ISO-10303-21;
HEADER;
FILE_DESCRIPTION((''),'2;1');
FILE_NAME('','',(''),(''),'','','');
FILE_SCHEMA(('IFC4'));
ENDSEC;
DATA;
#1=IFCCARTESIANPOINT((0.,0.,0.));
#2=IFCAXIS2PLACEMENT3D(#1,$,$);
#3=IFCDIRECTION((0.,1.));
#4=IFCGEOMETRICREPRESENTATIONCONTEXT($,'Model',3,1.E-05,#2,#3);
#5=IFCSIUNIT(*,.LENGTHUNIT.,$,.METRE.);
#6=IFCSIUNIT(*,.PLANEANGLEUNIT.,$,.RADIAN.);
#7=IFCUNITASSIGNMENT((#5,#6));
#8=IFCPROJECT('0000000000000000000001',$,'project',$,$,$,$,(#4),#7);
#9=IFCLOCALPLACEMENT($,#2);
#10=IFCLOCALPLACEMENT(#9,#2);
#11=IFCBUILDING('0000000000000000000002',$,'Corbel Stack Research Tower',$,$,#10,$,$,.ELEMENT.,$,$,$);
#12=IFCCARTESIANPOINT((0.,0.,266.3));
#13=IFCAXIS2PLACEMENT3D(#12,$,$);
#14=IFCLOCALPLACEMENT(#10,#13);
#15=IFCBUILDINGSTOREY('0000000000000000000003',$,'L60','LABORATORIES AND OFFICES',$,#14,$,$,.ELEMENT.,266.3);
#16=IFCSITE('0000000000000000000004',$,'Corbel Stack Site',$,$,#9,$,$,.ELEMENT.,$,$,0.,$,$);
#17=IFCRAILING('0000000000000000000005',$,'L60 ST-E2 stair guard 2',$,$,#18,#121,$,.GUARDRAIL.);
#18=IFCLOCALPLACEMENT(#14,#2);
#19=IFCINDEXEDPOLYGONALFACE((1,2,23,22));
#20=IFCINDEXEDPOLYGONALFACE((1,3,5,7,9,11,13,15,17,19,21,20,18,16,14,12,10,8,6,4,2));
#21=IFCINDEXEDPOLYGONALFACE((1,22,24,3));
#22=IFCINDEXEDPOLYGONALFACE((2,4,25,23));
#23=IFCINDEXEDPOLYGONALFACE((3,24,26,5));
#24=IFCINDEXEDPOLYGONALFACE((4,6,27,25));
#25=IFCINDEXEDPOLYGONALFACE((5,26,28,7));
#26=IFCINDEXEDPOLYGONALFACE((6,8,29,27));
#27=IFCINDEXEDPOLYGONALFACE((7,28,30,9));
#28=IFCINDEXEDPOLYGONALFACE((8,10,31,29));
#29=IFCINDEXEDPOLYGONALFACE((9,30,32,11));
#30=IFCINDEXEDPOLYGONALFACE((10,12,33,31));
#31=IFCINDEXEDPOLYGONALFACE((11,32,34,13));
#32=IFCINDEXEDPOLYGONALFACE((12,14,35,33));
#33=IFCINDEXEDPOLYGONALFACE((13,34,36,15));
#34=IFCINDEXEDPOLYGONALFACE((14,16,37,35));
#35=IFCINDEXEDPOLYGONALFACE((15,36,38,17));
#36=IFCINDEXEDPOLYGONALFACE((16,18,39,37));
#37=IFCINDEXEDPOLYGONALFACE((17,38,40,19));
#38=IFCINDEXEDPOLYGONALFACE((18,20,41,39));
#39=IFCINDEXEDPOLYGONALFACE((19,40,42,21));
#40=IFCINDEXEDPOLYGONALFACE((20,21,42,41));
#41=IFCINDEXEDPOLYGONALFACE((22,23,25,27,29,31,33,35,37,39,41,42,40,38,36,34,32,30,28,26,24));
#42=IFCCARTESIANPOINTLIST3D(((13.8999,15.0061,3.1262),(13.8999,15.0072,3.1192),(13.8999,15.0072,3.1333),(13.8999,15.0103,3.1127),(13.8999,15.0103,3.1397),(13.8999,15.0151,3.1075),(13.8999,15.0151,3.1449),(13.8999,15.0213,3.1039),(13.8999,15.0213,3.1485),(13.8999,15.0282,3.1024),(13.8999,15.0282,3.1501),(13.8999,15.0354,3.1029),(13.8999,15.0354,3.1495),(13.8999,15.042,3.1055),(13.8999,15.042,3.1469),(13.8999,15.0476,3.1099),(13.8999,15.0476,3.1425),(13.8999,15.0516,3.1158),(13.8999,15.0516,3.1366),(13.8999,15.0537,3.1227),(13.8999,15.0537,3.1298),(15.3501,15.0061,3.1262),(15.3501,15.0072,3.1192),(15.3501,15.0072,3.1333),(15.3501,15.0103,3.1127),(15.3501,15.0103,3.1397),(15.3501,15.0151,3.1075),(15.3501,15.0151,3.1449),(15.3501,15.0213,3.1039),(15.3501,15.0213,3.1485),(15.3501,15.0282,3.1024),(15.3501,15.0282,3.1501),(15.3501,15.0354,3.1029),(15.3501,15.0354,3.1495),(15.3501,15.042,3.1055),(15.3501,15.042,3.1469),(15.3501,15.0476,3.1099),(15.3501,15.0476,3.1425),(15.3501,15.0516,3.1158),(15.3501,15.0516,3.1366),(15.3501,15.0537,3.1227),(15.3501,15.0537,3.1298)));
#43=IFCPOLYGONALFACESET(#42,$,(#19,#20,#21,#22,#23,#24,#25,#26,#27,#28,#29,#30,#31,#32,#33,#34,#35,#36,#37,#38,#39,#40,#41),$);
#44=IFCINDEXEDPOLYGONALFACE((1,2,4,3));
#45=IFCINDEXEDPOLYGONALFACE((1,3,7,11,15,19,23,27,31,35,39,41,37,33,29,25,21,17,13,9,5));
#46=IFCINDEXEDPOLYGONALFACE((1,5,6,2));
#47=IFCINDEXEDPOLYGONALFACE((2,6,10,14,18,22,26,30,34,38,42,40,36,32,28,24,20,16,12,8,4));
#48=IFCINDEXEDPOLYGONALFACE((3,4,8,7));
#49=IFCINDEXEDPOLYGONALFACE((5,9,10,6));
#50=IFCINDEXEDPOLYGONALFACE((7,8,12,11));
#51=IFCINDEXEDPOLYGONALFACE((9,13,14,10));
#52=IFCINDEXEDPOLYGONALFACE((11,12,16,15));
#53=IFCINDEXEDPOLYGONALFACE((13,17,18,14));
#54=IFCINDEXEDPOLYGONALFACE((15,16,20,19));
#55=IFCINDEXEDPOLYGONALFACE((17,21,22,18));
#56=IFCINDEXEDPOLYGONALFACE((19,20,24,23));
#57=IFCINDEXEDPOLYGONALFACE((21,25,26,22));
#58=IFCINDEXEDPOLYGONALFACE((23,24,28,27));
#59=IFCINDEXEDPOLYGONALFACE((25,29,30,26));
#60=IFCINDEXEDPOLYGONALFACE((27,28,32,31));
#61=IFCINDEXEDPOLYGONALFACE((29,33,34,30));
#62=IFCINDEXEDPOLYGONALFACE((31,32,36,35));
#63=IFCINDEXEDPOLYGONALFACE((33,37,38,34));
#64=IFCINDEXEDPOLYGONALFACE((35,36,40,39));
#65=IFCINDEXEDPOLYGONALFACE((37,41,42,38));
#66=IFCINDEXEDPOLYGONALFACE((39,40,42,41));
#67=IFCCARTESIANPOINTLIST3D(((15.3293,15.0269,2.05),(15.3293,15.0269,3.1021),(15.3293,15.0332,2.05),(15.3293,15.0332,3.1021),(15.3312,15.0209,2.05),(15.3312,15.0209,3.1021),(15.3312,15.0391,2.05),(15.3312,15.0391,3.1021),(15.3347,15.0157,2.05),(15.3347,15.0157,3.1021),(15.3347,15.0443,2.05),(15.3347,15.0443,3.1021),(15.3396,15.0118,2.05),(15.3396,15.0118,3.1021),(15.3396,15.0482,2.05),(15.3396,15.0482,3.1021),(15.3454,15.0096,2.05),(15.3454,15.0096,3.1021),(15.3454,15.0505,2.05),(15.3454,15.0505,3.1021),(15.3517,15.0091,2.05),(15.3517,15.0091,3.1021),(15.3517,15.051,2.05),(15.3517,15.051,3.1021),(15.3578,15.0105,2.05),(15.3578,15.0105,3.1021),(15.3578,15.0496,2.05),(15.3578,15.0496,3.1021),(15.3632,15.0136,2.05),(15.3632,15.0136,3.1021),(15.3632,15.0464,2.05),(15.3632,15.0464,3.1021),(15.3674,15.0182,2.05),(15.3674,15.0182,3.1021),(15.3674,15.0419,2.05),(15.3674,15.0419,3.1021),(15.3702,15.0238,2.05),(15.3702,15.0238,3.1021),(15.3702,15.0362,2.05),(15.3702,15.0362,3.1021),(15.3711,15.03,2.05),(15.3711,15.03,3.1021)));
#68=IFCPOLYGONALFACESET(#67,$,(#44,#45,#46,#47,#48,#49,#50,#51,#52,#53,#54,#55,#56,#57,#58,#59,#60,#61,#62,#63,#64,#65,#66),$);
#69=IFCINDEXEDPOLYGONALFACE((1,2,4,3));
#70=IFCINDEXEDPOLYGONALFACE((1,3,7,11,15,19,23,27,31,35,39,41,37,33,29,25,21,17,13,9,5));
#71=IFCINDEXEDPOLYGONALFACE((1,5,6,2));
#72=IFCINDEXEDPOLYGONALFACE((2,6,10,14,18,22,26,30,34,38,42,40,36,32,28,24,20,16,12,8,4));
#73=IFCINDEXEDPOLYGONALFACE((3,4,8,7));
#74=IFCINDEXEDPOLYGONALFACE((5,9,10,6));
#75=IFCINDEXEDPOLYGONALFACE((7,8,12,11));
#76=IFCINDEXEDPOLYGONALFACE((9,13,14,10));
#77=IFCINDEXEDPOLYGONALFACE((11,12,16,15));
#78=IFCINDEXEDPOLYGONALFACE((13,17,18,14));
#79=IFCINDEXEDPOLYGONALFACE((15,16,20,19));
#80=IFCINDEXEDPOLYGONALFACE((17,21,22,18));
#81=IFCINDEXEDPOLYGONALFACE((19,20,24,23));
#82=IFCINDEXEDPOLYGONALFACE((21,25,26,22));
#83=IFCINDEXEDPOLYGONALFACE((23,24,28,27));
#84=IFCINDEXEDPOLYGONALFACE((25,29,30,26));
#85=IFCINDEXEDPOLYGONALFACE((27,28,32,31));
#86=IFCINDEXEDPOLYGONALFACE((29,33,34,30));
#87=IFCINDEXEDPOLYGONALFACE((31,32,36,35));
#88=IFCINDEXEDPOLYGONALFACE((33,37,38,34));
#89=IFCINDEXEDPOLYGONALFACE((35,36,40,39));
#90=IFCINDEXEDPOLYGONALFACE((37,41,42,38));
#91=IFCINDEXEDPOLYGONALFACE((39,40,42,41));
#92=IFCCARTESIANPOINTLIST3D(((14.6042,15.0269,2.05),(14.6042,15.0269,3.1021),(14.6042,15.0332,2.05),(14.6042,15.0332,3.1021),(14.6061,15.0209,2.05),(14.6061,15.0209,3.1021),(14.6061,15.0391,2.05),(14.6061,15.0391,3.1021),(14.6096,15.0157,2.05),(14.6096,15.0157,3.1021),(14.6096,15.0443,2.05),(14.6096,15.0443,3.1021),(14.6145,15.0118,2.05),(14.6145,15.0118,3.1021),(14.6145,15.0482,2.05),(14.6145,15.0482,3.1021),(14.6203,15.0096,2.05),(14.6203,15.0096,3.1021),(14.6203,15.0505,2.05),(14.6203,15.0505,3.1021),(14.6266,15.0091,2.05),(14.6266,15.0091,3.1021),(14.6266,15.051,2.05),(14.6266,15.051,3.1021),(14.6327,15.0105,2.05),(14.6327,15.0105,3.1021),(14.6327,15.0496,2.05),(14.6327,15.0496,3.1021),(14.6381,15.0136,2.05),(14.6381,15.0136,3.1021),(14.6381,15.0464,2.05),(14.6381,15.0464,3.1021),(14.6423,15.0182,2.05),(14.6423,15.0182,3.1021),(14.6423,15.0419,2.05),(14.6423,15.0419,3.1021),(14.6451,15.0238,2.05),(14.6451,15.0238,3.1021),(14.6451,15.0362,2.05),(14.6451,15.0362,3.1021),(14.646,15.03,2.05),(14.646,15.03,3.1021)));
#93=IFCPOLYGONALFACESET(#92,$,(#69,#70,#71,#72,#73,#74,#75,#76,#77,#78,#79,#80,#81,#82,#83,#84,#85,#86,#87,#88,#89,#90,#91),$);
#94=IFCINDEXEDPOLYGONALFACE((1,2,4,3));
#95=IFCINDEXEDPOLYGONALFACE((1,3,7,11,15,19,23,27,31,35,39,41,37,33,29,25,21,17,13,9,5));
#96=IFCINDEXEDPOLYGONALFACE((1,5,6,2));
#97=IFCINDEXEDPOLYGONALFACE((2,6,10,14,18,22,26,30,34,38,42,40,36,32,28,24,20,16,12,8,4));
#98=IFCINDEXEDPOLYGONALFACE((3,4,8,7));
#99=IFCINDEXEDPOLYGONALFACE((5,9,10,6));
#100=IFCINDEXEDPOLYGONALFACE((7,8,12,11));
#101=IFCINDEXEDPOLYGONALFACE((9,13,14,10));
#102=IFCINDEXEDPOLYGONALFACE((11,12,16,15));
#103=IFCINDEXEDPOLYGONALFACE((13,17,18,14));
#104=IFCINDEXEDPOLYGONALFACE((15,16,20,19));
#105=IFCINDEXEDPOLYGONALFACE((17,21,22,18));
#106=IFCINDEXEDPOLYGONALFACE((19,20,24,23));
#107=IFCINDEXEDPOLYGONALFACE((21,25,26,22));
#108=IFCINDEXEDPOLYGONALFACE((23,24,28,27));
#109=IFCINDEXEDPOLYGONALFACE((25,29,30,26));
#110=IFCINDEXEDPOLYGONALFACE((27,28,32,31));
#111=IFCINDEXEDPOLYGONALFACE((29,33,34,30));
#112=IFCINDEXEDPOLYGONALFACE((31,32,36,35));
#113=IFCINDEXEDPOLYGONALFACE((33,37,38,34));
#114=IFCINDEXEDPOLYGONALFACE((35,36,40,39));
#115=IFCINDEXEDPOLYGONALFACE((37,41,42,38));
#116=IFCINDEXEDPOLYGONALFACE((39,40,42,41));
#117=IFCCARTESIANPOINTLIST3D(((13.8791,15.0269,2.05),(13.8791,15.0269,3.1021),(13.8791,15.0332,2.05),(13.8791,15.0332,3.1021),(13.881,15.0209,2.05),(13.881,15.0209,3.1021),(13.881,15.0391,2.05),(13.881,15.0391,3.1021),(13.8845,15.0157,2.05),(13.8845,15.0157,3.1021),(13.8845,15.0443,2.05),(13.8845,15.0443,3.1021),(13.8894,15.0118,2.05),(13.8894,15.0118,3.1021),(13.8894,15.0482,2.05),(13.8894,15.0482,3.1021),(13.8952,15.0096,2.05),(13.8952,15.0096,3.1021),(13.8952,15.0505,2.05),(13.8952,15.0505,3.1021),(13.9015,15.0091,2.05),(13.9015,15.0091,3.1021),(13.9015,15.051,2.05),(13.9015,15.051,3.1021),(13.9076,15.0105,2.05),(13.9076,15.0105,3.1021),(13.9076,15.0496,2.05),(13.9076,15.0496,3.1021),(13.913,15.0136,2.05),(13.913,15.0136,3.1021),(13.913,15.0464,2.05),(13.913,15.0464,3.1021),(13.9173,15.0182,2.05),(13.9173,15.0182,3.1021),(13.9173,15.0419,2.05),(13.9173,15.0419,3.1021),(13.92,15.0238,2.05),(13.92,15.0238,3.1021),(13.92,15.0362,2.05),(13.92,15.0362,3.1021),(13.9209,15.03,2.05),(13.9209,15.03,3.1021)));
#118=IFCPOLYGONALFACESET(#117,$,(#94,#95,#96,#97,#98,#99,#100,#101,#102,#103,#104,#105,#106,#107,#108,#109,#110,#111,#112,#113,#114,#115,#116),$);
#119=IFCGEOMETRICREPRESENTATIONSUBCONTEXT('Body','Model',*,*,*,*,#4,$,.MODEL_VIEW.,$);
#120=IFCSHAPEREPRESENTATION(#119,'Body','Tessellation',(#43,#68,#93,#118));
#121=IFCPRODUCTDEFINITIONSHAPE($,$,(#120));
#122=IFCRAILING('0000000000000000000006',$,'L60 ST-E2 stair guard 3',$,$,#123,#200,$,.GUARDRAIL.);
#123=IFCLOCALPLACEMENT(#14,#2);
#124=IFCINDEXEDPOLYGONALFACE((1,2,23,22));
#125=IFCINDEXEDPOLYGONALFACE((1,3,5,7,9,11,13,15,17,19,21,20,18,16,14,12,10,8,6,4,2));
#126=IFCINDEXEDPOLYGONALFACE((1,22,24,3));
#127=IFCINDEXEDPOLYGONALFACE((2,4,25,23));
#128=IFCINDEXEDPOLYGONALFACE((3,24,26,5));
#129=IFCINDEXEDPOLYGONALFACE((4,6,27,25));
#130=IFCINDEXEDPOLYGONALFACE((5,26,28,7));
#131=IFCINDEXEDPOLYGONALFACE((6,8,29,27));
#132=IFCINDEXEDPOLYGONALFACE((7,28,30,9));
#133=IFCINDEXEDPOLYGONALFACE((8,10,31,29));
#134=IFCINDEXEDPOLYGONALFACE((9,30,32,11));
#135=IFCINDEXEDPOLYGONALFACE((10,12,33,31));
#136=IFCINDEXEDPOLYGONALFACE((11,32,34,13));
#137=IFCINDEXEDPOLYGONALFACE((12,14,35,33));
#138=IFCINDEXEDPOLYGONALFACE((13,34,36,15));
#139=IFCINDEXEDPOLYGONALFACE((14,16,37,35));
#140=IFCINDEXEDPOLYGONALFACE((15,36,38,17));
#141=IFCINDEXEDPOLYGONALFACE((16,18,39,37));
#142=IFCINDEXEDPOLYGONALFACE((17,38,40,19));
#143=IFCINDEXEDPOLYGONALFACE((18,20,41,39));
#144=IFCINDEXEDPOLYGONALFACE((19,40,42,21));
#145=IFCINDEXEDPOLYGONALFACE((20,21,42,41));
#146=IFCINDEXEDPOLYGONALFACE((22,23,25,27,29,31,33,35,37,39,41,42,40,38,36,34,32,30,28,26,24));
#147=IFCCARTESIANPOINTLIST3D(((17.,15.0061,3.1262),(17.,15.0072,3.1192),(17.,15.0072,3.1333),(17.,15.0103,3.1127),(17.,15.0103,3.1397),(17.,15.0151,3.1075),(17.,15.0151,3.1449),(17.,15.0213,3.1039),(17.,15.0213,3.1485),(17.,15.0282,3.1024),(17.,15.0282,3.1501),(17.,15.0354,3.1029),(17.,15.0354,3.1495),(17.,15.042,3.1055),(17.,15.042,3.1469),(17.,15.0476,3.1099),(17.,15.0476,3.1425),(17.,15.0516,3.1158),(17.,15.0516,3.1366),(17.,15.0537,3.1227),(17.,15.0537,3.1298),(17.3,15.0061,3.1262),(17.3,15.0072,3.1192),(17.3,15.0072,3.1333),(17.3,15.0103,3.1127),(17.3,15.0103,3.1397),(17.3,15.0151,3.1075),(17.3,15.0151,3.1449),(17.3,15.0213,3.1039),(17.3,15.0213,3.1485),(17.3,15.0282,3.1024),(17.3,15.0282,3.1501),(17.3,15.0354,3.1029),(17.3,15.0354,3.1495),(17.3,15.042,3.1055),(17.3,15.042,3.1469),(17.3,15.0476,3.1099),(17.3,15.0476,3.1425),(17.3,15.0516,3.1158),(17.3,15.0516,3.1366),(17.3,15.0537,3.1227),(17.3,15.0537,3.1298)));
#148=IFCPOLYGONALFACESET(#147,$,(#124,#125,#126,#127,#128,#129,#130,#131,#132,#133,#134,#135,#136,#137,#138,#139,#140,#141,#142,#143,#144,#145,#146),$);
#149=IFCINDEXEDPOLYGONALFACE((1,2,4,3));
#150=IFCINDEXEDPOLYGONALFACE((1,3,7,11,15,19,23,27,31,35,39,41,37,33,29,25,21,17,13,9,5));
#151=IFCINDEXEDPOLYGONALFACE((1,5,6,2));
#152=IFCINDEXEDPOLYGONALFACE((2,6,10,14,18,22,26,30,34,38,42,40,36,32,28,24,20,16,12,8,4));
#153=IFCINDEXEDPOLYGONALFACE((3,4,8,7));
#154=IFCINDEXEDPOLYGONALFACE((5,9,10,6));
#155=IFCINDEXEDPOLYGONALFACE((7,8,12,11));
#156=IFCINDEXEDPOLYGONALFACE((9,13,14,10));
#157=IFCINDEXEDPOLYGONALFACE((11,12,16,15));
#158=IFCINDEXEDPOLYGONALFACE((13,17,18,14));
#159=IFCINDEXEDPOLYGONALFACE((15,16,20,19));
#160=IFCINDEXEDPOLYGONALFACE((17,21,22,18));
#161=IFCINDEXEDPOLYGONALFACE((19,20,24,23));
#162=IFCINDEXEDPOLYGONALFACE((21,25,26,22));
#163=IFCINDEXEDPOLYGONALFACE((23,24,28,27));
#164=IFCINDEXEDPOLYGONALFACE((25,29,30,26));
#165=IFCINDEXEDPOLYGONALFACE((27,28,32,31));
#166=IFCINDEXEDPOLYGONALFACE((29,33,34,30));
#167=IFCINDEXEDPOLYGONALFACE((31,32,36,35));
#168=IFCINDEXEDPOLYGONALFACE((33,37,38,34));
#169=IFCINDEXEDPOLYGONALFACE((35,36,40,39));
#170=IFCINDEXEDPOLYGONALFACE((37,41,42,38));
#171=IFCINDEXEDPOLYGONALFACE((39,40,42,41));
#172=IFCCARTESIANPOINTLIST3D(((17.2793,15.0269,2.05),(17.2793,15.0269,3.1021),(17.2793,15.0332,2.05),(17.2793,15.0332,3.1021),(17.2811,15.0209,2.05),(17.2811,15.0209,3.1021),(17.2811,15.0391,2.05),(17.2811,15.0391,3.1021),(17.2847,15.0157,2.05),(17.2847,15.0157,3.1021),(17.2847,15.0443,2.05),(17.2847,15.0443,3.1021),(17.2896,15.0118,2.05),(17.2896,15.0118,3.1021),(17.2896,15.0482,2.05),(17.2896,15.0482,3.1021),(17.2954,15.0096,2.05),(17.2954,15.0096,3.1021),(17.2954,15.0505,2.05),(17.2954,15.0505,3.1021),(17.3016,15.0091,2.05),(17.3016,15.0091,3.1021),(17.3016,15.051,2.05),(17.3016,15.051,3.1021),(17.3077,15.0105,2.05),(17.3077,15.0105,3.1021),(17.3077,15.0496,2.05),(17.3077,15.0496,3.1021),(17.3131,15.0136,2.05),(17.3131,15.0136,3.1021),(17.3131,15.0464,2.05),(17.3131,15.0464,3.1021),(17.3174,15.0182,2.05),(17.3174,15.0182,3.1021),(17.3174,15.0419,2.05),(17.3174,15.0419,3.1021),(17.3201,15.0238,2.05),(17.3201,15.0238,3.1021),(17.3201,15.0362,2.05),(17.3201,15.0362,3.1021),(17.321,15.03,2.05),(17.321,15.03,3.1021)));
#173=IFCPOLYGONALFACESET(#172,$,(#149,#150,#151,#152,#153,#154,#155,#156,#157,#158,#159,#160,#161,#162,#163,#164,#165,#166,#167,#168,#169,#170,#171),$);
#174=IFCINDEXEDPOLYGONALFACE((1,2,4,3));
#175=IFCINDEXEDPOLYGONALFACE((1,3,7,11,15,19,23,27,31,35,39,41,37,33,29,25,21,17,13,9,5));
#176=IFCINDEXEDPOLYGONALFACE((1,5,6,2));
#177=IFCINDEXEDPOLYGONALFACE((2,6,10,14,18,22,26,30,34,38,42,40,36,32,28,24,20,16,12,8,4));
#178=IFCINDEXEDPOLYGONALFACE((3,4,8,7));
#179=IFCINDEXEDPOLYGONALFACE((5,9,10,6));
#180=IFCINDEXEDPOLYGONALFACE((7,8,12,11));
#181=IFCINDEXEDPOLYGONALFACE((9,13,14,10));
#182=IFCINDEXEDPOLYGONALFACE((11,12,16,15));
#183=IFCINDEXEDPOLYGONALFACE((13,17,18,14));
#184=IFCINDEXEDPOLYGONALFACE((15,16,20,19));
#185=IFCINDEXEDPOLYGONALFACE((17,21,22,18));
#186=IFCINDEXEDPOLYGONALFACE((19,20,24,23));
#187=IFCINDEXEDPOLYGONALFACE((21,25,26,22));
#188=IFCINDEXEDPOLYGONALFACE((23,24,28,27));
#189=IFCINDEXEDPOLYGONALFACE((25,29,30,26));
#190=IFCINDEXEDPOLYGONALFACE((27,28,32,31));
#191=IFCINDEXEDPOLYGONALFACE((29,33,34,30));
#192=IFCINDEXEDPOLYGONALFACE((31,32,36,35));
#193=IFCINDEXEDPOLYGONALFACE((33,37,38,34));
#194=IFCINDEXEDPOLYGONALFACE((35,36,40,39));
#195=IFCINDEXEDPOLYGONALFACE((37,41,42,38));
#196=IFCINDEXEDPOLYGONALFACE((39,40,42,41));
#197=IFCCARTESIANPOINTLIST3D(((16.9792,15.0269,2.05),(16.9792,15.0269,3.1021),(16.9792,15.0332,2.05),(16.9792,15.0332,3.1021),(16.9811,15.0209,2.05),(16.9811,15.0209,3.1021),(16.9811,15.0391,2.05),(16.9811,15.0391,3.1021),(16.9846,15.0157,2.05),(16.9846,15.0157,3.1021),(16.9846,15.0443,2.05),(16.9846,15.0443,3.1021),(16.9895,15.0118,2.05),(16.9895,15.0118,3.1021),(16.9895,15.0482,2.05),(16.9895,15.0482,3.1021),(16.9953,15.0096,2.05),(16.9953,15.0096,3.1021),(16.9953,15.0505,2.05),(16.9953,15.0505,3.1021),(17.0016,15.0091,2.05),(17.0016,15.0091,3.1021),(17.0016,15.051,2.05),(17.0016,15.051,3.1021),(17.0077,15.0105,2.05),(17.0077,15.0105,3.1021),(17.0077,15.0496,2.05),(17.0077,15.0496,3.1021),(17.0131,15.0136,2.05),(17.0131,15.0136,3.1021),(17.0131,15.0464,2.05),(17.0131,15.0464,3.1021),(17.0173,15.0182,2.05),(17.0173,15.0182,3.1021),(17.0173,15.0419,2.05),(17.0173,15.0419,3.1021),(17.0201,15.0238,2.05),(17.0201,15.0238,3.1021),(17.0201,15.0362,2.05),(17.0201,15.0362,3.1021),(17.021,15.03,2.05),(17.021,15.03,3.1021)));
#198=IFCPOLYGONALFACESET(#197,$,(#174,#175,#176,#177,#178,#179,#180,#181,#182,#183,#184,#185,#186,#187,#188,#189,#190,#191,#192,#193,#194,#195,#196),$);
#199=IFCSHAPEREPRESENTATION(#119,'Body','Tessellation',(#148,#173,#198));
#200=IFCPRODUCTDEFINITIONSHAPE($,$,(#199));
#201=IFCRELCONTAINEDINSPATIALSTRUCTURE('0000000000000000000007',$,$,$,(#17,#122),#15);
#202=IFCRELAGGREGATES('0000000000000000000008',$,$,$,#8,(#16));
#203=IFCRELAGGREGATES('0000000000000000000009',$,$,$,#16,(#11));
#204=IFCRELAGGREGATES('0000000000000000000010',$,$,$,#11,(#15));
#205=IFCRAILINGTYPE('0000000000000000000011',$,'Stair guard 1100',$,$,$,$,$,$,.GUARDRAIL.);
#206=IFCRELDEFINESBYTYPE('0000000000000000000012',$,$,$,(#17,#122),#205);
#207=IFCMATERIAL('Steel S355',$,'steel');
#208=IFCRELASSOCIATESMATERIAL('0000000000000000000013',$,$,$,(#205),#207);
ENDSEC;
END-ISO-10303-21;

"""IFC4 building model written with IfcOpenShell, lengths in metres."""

from ifc_helpers import new_model, si_unit, direction, frame, origin, origin_2d, place, context, subcontext, project, spatial, circle, extrude, material, type_object, element, save


model = new_model("IFC4")

# Units and contexts
model_context = context("Model", 3, precision=1e-05, world=origin(), true_north=direction((0.0, 1.0)))
body_context = subcontext(model_context, "Body", "Model", "MODEL_VIEW")
ifc_project = project(units=[si_unit("LENGTHUNIT", "METRE"), si_unit("PLANEANGLEUNIT", "RADIAN")], contexts=[model_context])

# Site, building, storey
site_placement = place(None, origin())
site = spatial("IfcSite", under=ifc_project, at=site_placement, Name="Corbel Stack Site", CompositionType="ELEMENT", RefElevation=0.0)
building_placement = place(site_placement, origin())
building = spatial("IfcBuilding", under=site, at=building_placement, Name="Corbel Stack Research Tower", CompositionType="ELEMENT")
storey_placement = place(building_placement, frame((0.0, 0.0, 266.3)))
storey = spatial("IfcBuildingStorey", under=building, at=storey_placement, Name="L60", Description="LABORATORIES AND OFFICES", CompositionType="ELEMENT", Elevation=266.3)

# Railings
ifc_material_1 = material(Name="Steel S355", Category="steel")
railing_type_1 = type_object("IfcRailingType", Name="Stair guard 1100", PredefinedType="GUARDRAIL", material=ifc_material_1)
railing_1_placement = place(storey_placement, frame((15.3501, 15.03, 2.05)))
element("IfcRailing", 1, at=railing_1_placement, inside=storey, type_object=railing_type_1, Name="L60 ST-E2 stair guard 2", PredefinedType="GUARDRAIL", context=body_context, shape_type="SweptSolid", body=[
    extrude(circle(Radius=0.0239, at=origin_2d()), frame((0.0, 0.0, 1.0762), z_axis=(-1.0, 0.0, 0.0), x_axis=(0.0, -1.0, 0.0)), (0.0, 0.0, 1.0), 1.4502),
    extrude(circle(Radius=0.021, at=origin_2d()), origin(), (0.0, 0.0, 1.0), 1.052),
    extrude(circle(Radius=0.021, at=origin_2d()), frame((-0.7251, 0.0, 0.0)), (0.0, 0.0, 1.0), 1.052),
    extrude(circle(Radius=0.021, at=origin_2d()), frame((-1.4502, 0.0, 0.0)), (0.0, 0.0, 1.0), 1.052),
])
for number, where, name in (
    (2, (17.3, 15.03, 2.05), "L60 ST-E2 stair guard 3"),
):
    element("IfcRailing", number, at=place(storey_placement, frame(where)), inside=storey, type_object=railing_type_1, Name=name, PredefinedType="GUARDRAIL", context=body_context, shape_type="SweptSolid", body=[
        extrude(circle(Radius=0.0239, at=origin_2d()), frame((0.0, 0.0, 1.0762), z_axis=(-1.0, 0.0, 0.0), x_axis=(0.0, -1.0, 0.0)), (0.0, 0.0, 1.0), 0.3),
        extrude(circle(Radius=0.021, at=origin_2d()), origin(), (0.0, 0.0, 1.0), 1.052),
        extrude(circle(Radius=0.021, at=origin_2d()), frame((-0.3, 0.0, 0.0)), (0.0, 0.0, 1.0), 1.052),
    ])

save(model, "model.ifc")
